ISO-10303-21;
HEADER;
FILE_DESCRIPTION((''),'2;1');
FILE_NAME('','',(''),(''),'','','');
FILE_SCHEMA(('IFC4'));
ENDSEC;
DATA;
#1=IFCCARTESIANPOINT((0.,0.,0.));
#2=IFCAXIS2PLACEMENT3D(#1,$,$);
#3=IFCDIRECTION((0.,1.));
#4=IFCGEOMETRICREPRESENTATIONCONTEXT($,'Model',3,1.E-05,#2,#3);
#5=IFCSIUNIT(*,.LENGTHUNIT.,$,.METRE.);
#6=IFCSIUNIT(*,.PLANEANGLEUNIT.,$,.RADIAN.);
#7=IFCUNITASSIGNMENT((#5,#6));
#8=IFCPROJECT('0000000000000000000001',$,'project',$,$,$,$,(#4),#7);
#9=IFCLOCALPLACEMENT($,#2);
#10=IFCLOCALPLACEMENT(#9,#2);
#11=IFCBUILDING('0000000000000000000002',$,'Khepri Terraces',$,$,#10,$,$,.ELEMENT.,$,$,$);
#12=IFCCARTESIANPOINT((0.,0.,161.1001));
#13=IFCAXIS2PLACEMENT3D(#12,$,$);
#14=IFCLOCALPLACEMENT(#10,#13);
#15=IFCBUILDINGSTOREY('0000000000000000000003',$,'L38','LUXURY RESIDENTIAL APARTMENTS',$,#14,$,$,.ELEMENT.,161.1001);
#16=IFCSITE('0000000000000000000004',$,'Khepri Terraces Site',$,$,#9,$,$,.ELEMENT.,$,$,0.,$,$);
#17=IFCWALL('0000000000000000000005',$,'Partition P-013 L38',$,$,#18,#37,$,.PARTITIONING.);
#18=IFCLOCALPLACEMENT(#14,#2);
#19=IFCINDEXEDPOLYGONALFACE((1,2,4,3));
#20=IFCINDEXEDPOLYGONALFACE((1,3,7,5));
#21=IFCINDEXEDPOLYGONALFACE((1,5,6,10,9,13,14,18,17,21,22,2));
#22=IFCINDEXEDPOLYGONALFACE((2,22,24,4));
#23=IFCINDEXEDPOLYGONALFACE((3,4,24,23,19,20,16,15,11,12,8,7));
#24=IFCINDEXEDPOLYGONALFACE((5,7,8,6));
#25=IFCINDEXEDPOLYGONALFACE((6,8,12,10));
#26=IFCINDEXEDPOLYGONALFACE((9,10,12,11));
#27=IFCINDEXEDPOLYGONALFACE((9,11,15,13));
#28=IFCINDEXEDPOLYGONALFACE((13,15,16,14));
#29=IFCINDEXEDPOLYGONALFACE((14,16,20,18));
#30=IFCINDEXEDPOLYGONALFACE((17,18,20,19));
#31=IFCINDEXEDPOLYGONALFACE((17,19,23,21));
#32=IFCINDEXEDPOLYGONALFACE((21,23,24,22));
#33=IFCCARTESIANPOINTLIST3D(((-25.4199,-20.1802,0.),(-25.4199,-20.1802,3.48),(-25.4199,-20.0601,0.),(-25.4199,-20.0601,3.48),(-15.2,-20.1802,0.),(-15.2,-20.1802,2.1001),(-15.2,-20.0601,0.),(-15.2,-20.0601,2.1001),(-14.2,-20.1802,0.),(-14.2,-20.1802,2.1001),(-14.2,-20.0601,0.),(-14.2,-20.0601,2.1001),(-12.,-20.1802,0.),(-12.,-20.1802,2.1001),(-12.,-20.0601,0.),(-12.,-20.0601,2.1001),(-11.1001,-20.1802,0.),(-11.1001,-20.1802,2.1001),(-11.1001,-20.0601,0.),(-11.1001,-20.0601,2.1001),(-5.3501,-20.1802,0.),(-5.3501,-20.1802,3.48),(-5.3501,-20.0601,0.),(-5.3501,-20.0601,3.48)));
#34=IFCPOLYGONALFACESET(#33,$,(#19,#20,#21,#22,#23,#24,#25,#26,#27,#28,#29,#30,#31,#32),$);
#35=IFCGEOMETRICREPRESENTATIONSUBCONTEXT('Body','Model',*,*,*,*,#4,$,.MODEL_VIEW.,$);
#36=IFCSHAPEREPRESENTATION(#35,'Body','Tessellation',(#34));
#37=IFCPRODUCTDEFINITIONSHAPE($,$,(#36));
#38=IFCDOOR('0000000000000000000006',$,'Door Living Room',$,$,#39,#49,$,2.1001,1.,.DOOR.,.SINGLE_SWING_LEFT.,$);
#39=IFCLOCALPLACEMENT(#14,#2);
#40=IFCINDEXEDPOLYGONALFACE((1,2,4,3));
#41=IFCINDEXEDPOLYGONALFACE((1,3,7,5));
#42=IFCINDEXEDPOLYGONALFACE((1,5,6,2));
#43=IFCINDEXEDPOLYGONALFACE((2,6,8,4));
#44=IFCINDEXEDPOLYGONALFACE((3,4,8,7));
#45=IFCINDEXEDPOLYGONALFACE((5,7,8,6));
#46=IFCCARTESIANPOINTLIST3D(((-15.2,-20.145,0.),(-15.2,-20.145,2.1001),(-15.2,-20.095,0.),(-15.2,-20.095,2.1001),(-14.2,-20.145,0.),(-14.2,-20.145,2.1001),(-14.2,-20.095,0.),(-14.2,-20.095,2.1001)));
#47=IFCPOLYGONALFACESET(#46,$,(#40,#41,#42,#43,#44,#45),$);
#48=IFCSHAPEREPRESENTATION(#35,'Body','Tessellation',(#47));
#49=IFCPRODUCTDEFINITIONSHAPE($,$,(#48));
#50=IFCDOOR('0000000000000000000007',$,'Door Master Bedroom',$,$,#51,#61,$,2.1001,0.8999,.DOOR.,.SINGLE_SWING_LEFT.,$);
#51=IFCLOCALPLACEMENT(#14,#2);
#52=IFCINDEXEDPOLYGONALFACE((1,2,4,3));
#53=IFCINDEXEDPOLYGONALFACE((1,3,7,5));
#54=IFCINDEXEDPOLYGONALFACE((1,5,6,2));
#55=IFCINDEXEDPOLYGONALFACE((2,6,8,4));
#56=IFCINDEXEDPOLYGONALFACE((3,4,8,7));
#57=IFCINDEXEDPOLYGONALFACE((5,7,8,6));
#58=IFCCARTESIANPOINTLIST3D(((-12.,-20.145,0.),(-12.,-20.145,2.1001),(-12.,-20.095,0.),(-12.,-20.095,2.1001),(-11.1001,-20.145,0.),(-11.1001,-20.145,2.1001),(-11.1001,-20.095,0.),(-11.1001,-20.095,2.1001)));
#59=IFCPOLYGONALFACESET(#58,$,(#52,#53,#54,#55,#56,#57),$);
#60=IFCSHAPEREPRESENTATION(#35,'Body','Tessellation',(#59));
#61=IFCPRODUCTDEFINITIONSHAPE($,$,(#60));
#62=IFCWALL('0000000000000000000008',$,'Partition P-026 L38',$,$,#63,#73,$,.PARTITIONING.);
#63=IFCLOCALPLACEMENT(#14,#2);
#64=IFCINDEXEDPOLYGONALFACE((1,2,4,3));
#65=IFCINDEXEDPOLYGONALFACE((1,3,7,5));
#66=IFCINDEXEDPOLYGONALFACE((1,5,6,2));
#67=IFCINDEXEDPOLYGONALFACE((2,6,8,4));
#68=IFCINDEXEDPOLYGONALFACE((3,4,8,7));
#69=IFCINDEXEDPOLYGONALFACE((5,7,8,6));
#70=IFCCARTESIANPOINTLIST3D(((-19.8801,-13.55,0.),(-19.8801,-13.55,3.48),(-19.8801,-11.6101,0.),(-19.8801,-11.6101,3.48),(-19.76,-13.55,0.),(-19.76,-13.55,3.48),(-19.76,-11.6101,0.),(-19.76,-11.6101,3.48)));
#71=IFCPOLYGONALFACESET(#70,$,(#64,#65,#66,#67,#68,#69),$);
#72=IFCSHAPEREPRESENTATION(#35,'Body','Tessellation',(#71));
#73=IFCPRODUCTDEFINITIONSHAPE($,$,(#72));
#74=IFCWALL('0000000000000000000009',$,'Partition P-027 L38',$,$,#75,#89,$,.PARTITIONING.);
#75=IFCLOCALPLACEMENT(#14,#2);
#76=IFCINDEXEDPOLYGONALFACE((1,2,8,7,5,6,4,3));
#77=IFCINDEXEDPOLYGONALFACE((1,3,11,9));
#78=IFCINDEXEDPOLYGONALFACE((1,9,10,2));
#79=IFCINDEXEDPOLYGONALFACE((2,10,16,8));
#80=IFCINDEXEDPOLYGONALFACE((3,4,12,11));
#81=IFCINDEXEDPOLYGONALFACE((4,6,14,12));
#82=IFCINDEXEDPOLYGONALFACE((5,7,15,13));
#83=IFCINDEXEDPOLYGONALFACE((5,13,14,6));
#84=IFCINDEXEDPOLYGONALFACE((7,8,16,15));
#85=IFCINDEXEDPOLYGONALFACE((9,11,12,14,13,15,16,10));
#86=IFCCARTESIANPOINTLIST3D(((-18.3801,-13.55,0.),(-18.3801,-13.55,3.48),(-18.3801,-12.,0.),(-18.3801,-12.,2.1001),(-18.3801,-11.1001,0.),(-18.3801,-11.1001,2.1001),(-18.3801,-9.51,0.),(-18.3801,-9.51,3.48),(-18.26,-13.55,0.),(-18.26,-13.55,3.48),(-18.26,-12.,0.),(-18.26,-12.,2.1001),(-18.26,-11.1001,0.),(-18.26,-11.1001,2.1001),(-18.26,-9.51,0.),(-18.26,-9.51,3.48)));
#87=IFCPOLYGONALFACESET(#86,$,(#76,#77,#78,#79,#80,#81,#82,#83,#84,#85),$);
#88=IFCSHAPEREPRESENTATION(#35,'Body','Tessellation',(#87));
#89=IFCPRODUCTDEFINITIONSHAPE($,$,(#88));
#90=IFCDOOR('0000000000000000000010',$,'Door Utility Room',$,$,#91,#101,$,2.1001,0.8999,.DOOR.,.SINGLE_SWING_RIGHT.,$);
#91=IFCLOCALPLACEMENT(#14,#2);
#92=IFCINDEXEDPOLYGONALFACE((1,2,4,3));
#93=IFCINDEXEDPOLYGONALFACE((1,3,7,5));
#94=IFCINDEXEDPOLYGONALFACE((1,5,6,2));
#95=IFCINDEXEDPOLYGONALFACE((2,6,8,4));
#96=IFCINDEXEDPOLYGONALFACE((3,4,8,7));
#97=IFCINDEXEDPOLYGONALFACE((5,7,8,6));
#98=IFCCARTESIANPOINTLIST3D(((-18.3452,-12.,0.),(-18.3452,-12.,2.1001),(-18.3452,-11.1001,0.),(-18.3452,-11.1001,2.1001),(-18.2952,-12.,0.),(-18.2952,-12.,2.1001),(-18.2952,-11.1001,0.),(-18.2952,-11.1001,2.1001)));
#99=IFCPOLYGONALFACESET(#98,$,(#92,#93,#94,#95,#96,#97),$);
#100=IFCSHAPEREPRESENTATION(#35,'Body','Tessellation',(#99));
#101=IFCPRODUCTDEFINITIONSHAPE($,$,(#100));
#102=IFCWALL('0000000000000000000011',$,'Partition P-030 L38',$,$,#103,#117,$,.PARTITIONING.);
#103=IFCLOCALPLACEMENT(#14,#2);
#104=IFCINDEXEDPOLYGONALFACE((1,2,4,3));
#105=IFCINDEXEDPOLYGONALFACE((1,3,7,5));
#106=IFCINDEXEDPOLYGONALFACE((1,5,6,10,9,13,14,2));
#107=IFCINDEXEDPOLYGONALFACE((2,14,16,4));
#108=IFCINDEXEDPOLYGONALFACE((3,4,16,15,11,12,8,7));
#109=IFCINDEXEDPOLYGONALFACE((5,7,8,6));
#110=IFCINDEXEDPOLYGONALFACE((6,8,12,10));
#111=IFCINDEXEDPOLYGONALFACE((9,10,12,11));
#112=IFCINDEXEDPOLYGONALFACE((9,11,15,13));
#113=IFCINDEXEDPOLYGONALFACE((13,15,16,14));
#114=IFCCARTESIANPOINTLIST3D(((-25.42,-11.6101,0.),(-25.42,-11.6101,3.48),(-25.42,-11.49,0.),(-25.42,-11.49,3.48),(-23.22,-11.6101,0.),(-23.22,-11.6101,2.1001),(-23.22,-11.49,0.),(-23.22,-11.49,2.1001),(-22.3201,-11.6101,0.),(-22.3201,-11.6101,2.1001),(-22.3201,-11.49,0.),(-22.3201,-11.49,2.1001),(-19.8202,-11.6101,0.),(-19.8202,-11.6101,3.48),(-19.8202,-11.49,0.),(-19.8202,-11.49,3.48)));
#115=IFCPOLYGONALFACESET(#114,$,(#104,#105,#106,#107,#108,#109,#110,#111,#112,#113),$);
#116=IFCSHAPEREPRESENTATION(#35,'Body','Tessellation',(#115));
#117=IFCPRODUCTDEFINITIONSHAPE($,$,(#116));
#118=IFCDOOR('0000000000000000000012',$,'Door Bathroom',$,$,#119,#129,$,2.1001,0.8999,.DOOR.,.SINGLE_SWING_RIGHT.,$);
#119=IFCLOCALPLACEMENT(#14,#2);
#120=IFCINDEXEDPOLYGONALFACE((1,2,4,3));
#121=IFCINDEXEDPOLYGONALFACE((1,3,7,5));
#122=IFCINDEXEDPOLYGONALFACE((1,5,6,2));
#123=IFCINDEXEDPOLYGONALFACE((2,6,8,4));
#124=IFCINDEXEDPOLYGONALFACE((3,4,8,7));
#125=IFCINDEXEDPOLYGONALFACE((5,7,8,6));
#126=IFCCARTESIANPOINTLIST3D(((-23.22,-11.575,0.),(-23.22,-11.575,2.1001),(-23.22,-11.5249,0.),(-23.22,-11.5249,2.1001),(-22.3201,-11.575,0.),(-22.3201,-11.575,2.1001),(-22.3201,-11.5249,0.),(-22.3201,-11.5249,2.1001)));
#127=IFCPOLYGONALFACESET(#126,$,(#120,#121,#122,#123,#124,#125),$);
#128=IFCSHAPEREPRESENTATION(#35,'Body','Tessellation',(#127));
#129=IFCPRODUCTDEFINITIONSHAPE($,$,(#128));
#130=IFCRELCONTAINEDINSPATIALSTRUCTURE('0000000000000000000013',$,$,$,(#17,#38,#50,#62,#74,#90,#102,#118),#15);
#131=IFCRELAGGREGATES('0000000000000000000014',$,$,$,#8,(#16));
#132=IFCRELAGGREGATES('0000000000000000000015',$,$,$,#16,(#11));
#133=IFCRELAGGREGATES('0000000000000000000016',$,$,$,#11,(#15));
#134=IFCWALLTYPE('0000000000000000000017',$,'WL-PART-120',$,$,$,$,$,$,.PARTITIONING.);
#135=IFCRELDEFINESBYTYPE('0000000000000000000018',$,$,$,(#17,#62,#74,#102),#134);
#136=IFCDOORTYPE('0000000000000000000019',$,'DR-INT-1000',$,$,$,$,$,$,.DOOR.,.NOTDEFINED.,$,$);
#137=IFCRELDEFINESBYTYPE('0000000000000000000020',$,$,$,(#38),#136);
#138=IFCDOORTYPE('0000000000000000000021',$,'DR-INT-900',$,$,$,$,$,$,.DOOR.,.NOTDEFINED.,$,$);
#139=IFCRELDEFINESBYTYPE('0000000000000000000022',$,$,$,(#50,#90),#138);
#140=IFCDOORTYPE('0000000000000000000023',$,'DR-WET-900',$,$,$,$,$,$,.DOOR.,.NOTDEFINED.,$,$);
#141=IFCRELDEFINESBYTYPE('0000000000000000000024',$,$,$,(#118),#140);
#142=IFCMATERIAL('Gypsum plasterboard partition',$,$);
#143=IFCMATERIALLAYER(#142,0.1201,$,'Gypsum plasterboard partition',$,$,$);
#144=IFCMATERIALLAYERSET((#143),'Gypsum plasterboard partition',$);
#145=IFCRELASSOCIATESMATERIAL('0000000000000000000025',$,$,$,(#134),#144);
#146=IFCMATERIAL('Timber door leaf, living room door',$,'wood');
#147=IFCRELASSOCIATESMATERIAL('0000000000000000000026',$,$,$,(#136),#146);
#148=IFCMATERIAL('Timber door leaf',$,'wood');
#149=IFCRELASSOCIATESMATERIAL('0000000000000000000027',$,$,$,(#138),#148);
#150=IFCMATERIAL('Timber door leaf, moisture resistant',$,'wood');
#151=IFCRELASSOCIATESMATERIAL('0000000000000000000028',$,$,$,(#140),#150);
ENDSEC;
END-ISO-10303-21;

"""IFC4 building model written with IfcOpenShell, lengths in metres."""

from ifc_helpers import new_model, si_unit, direction, frame, frame_2d, origin, place, context, subcontext, project, spatial, rectangle, extrude, material, layer, layer_set, type_object, element, fill, save


model = new_model("IFC4")

# Units and contexts
model_context = context("Model", 3, precision=1e-05, world=origin(), true_north=direction((0.0, 1.0)))
body_context = subcontext(model_context, "Body", "Model", "MODEL_VIEW")
ifc_project = project(units=[si_unit("LENGTHUNIT", "METRE"), si_unit("PLANEANGLEUNIT", "RADIAN")], contexts=[model_context])

# Site, building, storey
site_placement = place(None, origin())
site = spatial("IfcSite", under=ifc_project, at=site_placement, Name="Khepri Terraces Site", CompositionType="ELEMENT", RefElevation=0.0)
building_placement = place(site_placement, origin())
building = spatial("IfcBuilding", under=site, at=building_placement, Name="Khepri Terraces", CompositionType="ELEMENT")
storey_placement = place(building_placement, frame((0.0, 0.0, 161.1001)))
storey = spatial("IfcBuildingStorey", under=building, at=storey_placement, Name="L38", Description="LUXURY RESIDENTIAL APARTMENTS", CompositionType="ELEMENT", Elevation=161.1001)

# Wall, openings, doors
ifc_material_1 = material(Name="Gypsum plasterboard partition")
ifc_layer_1 = layer(ifc_material_1, 0.1201, Name="Gypsum plasterboard partition")
ifc_layer_set_1 = layer_set([ifc_layer_1], Name="Gypsum plasterboard partition")
wall_type_1 = type_object("IfcWallType", Name="WL-PART-120", PredefinedType="PARTITIONING", material=ifc_layer_set_1)
wall_1_placement = place(storey_placement, frame((-25.4199, -20.1201, 0.0), z_axis=(0.0, 0.0, 1.0), x_axis=(1.0, 0.0, 0.0)))
wall_1 = element("IfcWall", 1, at=wall_1_placement, inside=storey, type_object=wall_type_1, Name="Partition P-013 L38", PredefinedType="PARTITIONING", context=body_context, shape_type="SweptSolid", body=[
    extrude(rectangle(XDim=20.0698, YDim=0.1201, at=frame_2d((10.0349, 0.0))), origin(), (0.0, 0.0, 1.0), 3.48),
])
opening_1_placement = place(wall_1_placement, frame((10.22, 0.0, 0.0)))
opening_1 = element("IfcOpeningElement", 2, at=opening_1_placement, cuts=wall_1, PredefinedType="OPENING", context=body_context, shape_type="SweptSolid", body=[
    extrude(rectangle(XDim=1.0, YDim=2.1001, at=frame_2d((0.5, 1.05))), frame((0.0, 0.0701, 0.0), z_axis=(0.0, -1.0, 0.0), x_axis=(1.0, 0.0, 0.0)), (0.0, 0.0, 1.0), 0.1401),
])
opening_2_placement = place(wall_1_placement, frame((13.4199, 0.0, 0.0)))
opening_2 = element("IfcOpeningElement", 3, at=opening_2_placement, cuts=wall_1, PredefinedType="OPENING", context=body_context, shape_type="SweptSolid", body=[
    extrude(rectangle(XDim=0.8999, YDim=2.1001, at=frame_2d((0.45, 1.05))), frame((0.0, 0.0701, 0.0), z_axis=(0.0, -1.0, 0.0), x_axis=(1.0, 0.0, 0.0)), (0.0, 0.0, 1.0), 0.1401),
])
ifc_material_2 = material(Name="Timber door leaf, living room door", Category="wood")
door_type_1 = type_object("IfcDoorType", Name="DR-INT-1000", OperationType="NOTDEFINED", PredefinedType="DOOR", material=ifc_material_2)
door_1_placement = place(opening_1_placement, frame((1.0, 0.0, 0.0), z_axis=(0.0, 0.0, 1.0), x_axis=(-1.0, 0.0, 0.0)))
door_1 = element("IfcDoor", 4, at=door_1_placement, inside=storey, type_object=door_type_1, Name="Door Living Room", OperationType="SINGLE_SWING_LEFT", OverallHeight=2.1001, OverallWidth=1.0, PredefinedType="DOOR", context=body_context, shape_type="SweptSolid", body=[
    extrude(rectangle(XDim=1.0, YDim=2.1001, at=frame_2d((0.5, 1.05))), frame((0.0, 0.0249, 0.0), z_axis=(0.0, -1.0, 0.0), x_axis=(1.0, 0.0, 0.0)), (0.0, 0.0, 1.0), 0.05),
])
fill(opening_1, door_1)
ifc_material_3 = material(Name="Timber door leaf", Category="wood")
door_type_2 = type_object("IfcDoorType", Name="DR-INT-900", OperationType="NOTDEFINED", PredefinedType="DOOR", material=ifc_material_3)
door_2_placement = place(opening_2_placement, frame((0.8999, 0.0, 0.0), z_axis=(0.0, 0.0, 1.0), x_axis=(-1.0, 0.0, 0.0)))
door_2 = element("IfcDoor", 5, at=door_2_placement, inside=storey, type_object=door_type_2, Name="Door Master Bedroom", OperationType="SINGLE_SWING_LEFT", OverallHeight=2.1001, OverallWidth=0.8999, PredefinedType="DOOR", context=body_context, shape_type="SweptSolid", body=[
    extrude(rectangle(XDim=0.8999, YDim=2.1001, at=frame_2d((0.45, 1.05))), frame((0.0, 0.0249, 0.0), z_axis=(0.0, -1.0, 0.0), x_axis=(1.0, 0.0, 0.0)), (0.0, 0.0, 1.0), 0.05),
])
fill(opening_2, door_2)

# Wall
wall_2_placement = place(storey_placement, frame((-19.8201, -13.55, 0.0), z_axis=(0.0, 0.0, 1.0), x_axis=(0.0, 1.0, 0.0)))
element("IfcWall", 6, at=wall_2_placement, inside=storey, type_object=wall_type_1, Name="Partition P-026 L38", PredefinedType="PARTITIONING", context=body_context, shape_type="SweptSolid", body=[
    extrude(rectangle(XDim=1.9399, YDim=0.1201, at=frame_2d((0.97, 0.0))), origin(), (0.0, 0.0, 1.0), 3.48),
])

# Walls, openings, doors
wall_3_placement = place(storey_placement, frame((-18.3201, -13.55, 0.0), z_axis=(0.0, 0.0, 1.0), x_axis=(0.0, 1.0, 0.0)))
wall_3 = element("IfcWall", 7, at=wall_3_placement, inside=storey, type_object=wall_type_1, Name="Partition P-027 L38", PredefinedType="PARTITIONING", context=body_context, shape_type="SweptSolid", body=[
    extrude(rectangle(XDim=4.04, YDim=0.1201, at=frame_2d((2.02, 0.0))), origin(), (0.0, 0.0, 1.0), 3.48),
])
opening_3_placement = place(wall_3_placement, frame((1.55, 0.0, 0.0)))
opening_3 = element("IfcOpeningElement", 8, at=opening_3_placement, cuts=wall_3, PredefinedType="OPENING", context=body_context, shape_type="SweptSolid", body=[
    extrude(rectangle(XDim=0.8999, YDim=2.1001, at=frame_2d((0.45, 1.05))), frame((0.0, 0.0701, 0.0), z_axis=(0.0, -1.0, 0.0), x_axis=(1.0, 0.0, 0.0)), (0.0, 0.0, 1.0), 0.1401),
])
door_3_placement = place(opening_3_placement, frame((0.8999, 0.0, 0.0), z_axis=(0.0, 0.0, 1.0), x_axis=(-1.0, 0.0, 0.0)))
door_3 = element("IfcDoor", 9, at=door_3_placement, inside=storey, type_object=door_type_2, Name="Door Utility Room", OperationType="SINGLE_SWING_RIGHT", OverallHeight=2.1001, OverallWidth=0.8999, PredefinedType="DOOR", context=body_context, shape_type="SweptSolid", body=[
    extrude(rectangle(XDim=0.8999, YDim=2.1001, at=frame_2d((0.45, 1.05))), frame((0.0, 0.0249, 0.0), z_axis=(0.0, -1.0, 0.0), x_axis=(1.0, 0.0, 0.0)), (0.0, 0.0, 1.0), 0.05),
])
fill(opening_3, door_3)
wall_4_placement = place(storey_placement, frame((-25.4199, -11.55, 0.0), z_axis=(0.0, 0.0, 1.0), x_axis=(1.0, 0.0, 0.0)))
wall_4 = element("IfcWall", 10, at=wall_4_placement, inside=storey, type_object=wall_type_1, Name="Partition P-030 L38", PredefinedType="PARTITIONING", context=body_context, shape_type="SweptSolid", body=[
    extrude(rectangle(XDim=5.5999, YDim=0.1201, at=frame_2d((2.7998, 0.0))), origin(), (0.0, 0.0, 1.0), 3.48),
])
opening_4_placement = place(wall_4_placement, frame((2.2, 0.0, 0.0)))
opening_4 = element("IfcOpeningElement", 11, at=opening_4_placement, cuts=wall_4, PredefinedType="OPENING", context=body_context, shape_type="SweptSolid", body=[
    extrude(rectangle(XDim=0.8999, YDim=2.1001, at=frame_2d((0.45, 1.05))), frame((0.0, 0.0701, 0.0), z_axis=(0.0, -1.0, 0.0), x_axis=(1.0, 0.0, 0.0)), (0.0, 0.0, 1.0), 0.1401),
])
ifc_material_4 = material(Name="Timber door leaf, moisture resistant", Category="wood")
door_type_3 = type_object("IfcDoorType", Name="DR-WET-900", OperationType="NOTDEFINED", PredefinedType="DOOR", material=ifc_material_4)
door_4_placement = place(opening_4_placement, frame((0.8999, 0.0, 0.0), z_axis=(0.0, 0.0, 1.0), x_axis=(-1.0, 0.0, 0.0)))
door_4 = element("IfcDoor", 12, at=door_4_placement, inside=storey, type_object=door_type_3, Name="Door Bathroom", OperationType="SINGLE_SWING_RIGHT", OverallHeight=2.1001, OverallWidth=0.8999, PredefinedType="DOOR", context=body_context, shape_type="SweptSolid", body=[
    extrude(rectangle(XDim=0.8999, YDim=2.1001, at=frame_2d((0.45, 1.05))), frame((0.0, 0.0249, 0.0), z_axis=(0.0, -1.0, 0.0), x_axis=(1.0, 0.0, 0.0)), (0.0, 0.0, 1.0), 0.05),
])
fill(opening_4, door_4)

save(model, "model.ifc")
